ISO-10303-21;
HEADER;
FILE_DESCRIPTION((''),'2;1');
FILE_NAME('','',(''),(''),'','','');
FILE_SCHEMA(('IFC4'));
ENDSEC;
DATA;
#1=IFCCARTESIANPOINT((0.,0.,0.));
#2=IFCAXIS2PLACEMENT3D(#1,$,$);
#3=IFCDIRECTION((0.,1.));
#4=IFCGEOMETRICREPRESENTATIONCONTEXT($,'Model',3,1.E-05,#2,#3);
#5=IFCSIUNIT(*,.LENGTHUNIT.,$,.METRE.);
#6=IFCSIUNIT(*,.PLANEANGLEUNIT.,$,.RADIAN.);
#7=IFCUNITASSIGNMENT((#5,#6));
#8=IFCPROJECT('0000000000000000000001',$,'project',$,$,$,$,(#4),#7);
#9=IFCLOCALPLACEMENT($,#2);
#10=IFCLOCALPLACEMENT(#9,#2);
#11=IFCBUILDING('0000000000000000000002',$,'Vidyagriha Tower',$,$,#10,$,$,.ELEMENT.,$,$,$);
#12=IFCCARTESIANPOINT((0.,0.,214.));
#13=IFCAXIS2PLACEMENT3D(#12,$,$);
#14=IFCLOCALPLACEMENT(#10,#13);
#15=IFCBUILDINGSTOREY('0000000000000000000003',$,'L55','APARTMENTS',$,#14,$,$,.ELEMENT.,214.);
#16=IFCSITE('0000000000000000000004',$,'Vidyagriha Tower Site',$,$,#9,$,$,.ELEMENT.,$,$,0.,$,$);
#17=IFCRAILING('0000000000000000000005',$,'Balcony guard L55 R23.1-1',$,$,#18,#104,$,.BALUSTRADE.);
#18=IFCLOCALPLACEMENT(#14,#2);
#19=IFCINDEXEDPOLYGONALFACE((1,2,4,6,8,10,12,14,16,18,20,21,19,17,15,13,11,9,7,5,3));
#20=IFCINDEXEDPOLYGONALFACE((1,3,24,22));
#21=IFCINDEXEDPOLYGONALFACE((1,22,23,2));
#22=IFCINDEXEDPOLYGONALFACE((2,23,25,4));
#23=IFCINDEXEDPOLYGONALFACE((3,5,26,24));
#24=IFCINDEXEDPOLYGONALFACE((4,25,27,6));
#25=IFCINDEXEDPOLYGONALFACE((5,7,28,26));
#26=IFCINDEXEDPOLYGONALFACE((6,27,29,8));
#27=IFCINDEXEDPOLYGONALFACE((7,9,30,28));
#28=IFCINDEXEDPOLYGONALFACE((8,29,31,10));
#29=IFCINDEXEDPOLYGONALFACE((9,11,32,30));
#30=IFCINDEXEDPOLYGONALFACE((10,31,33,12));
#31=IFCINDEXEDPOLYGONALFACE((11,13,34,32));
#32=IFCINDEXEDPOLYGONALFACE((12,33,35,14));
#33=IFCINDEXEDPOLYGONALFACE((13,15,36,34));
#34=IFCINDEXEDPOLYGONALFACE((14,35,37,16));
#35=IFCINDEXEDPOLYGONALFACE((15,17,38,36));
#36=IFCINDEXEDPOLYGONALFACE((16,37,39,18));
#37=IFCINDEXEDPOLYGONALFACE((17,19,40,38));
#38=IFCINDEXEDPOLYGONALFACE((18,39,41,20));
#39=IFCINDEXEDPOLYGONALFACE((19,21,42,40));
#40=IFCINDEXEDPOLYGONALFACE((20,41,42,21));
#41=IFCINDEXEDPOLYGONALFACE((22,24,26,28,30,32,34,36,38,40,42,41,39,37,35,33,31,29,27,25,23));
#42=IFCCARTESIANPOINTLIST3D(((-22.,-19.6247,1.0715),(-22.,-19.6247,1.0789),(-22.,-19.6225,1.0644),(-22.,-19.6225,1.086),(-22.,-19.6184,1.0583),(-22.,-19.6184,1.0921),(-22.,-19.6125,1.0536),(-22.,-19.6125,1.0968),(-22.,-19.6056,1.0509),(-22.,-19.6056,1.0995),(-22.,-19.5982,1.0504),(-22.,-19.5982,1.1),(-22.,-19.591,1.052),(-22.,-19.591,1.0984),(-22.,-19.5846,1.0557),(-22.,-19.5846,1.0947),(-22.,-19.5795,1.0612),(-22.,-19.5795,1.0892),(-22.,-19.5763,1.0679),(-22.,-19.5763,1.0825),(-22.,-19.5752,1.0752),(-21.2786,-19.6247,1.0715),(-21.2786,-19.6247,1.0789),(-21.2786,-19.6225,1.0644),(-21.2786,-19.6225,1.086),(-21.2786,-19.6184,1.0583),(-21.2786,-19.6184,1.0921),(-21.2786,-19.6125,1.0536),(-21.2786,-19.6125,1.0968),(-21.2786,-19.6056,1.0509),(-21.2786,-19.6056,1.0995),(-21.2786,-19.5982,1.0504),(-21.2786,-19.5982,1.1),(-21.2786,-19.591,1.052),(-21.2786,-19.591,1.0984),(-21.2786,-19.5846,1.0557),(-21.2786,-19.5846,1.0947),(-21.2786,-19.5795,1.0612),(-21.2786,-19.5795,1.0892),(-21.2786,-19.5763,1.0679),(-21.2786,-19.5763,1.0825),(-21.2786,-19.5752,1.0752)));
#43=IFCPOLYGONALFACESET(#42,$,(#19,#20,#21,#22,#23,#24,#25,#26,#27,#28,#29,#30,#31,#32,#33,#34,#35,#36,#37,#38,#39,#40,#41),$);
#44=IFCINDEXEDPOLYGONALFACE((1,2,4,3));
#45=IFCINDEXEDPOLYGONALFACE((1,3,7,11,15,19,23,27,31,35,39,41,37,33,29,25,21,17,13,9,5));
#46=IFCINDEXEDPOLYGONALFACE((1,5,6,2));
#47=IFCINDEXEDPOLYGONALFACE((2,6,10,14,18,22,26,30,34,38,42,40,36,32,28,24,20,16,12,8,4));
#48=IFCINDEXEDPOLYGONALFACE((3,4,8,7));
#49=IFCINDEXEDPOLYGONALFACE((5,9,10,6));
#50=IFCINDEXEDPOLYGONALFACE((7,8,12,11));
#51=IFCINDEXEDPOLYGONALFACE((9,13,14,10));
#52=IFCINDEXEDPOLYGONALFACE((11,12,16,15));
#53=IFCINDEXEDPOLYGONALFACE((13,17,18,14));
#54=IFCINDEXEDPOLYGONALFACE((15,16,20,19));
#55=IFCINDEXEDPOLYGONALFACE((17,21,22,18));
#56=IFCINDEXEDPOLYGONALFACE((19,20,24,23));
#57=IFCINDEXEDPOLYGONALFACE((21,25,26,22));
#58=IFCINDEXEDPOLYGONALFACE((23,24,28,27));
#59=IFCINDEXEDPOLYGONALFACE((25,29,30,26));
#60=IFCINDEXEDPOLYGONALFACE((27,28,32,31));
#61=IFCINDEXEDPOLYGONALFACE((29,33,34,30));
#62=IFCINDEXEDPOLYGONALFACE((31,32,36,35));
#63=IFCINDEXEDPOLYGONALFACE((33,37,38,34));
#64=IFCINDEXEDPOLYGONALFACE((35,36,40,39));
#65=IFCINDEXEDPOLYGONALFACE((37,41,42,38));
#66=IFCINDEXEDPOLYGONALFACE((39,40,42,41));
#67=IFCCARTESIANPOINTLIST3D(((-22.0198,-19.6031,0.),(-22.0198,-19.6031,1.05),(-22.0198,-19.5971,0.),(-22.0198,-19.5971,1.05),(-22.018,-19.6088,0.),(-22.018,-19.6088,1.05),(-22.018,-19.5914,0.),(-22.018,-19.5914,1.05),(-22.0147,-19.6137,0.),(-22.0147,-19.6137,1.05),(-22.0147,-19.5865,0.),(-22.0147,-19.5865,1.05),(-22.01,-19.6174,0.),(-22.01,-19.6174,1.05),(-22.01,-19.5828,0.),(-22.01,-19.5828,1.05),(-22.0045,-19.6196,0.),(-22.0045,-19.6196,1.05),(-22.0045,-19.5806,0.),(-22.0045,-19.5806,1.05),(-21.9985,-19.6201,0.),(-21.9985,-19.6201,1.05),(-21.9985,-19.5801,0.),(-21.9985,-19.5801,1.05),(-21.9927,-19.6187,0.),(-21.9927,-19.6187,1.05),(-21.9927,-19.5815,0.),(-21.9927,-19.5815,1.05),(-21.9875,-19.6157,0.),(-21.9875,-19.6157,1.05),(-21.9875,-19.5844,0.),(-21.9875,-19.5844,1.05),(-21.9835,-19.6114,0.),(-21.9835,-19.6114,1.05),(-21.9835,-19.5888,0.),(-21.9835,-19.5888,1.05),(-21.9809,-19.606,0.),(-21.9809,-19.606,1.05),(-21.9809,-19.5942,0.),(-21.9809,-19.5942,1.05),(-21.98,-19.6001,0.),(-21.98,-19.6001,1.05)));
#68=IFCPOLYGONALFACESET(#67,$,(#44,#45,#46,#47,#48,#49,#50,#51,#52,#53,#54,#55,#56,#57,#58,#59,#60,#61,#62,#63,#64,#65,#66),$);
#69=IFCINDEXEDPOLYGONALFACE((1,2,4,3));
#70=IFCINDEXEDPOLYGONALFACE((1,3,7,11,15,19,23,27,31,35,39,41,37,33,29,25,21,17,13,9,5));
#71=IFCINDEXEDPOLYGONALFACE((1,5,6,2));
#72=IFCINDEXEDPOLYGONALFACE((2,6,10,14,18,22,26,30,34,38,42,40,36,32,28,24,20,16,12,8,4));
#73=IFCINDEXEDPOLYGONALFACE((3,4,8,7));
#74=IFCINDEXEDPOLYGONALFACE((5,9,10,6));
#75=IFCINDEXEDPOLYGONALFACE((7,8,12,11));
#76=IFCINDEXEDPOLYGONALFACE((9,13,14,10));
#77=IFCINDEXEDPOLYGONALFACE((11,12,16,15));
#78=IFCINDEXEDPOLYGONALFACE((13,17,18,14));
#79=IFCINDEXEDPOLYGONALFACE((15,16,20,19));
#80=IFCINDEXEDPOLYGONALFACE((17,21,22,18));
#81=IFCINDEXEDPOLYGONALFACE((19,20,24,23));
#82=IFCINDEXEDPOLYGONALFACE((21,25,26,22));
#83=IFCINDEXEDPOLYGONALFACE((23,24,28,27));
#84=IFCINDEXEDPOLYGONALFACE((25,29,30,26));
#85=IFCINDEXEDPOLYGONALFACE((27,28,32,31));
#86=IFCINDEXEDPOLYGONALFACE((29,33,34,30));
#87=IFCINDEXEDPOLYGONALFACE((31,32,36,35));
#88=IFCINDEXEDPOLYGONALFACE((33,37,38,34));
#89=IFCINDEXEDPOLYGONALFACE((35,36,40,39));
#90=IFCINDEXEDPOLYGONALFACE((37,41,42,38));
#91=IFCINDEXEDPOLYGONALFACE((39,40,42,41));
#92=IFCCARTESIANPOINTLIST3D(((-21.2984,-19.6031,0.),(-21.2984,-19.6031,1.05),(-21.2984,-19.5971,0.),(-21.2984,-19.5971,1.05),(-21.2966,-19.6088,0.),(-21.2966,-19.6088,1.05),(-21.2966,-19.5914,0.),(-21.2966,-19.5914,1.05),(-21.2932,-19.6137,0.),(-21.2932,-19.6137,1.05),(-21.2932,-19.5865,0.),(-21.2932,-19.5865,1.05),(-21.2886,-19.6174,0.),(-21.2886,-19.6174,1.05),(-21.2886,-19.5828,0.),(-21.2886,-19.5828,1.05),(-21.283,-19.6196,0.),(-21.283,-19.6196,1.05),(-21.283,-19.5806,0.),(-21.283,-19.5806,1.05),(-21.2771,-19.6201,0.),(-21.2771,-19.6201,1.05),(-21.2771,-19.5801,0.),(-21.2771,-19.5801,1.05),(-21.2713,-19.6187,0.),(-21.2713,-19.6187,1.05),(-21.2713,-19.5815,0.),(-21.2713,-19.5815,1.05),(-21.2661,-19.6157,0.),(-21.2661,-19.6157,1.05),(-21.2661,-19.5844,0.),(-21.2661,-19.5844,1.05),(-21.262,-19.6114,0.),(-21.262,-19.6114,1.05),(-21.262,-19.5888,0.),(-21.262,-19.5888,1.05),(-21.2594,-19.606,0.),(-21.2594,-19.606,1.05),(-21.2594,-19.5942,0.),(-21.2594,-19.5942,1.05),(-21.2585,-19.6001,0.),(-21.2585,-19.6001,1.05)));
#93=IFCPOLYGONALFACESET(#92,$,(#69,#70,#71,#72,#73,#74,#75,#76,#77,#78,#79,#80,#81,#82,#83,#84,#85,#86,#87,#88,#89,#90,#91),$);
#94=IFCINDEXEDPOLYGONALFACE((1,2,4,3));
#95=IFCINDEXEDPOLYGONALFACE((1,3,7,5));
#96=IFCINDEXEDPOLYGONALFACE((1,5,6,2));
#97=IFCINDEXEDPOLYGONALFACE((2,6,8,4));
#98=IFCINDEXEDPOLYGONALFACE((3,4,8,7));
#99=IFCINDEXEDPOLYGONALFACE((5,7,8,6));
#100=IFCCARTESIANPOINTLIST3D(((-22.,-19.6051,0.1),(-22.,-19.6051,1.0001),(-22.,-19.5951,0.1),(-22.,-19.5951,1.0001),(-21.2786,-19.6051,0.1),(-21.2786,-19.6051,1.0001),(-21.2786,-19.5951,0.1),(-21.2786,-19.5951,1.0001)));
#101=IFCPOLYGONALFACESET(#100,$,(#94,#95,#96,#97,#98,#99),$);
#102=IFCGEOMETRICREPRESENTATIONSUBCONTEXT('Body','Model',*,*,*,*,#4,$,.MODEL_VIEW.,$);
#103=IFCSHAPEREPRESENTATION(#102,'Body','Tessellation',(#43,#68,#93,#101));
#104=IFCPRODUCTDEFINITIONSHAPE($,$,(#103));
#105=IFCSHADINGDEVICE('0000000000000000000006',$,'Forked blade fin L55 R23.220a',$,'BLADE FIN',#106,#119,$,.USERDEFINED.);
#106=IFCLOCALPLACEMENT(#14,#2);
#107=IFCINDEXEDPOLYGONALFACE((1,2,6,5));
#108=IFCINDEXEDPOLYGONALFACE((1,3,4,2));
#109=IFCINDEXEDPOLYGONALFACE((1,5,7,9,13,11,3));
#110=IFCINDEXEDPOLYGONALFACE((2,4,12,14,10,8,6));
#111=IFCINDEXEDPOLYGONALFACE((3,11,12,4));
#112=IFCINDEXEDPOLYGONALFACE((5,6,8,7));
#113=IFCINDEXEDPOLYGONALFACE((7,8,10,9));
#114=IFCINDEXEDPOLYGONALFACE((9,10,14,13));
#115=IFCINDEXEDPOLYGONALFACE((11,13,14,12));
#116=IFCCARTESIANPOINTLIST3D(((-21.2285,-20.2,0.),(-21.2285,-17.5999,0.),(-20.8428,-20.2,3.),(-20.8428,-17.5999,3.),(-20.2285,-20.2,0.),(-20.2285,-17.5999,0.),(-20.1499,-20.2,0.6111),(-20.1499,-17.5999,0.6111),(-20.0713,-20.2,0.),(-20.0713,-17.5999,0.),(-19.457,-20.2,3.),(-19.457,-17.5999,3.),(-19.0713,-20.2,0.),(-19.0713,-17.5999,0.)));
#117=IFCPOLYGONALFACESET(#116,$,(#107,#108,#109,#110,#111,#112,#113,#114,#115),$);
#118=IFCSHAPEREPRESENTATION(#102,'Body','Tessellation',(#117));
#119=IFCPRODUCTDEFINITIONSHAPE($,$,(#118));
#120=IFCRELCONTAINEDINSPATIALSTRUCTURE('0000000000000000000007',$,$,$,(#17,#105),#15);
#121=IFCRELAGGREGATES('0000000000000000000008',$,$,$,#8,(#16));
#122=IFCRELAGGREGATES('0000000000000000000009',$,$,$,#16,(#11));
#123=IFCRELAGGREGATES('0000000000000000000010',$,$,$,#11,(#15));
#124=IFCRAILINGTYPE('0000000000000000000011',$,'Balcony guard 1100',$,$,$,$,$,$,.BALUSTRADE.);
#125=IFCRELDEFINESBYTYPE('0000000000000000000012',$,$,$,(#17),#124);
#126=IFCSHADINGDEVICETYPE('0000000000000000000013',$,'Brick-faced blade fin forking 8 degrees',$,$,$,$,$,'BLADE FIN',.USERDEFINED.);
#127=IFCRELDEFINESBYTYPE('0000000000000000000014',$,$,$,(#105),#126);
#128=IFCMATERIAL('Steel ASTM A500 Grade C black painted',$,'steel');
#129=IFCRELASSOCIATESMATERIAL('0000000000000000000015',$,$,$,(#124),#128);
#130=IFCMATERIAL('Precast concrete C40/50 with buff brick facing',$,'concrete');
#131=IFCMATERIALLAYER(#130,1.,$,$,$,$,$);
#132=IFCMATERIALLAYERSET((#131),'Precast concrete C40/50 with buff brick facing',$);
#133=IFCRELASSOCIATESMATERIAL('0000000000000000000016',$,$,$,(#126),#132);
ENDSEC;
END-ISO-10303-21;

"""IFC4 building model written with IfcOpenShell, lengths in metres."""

from ifc_helpers import new_model, si_unit, direction, frame, origin, origin_2d, place, context, subcontext, project, spatial, polyline, rectangle, circle, outline, extrude, material, layer, layer_set, type_object, element, save


model = new_model("IFC4")

# Units and contexts
model_context = context("Model", 3, precision=1e-05, world=origin(), true_north=direction((0.0, 1.0)))
body_context = subcontext(model_context, "Body", "Model", "MODEL_VIEW")
ifc_project = project(units=[si_unit("LENGTHUNIT", "METRE"), si_unit("PLANEANGLEUNIT", "RADIAN")], contexts=[model_context])

# Site, building, storey
site_placement = place(None, origin())
site = spatial("IfcSite", under=ifc_project, at=site_placement, Name="Vidyagriha Tower Site", CompositionType="ELEMENT", RefElevation=0.0)
building_placement = place(site_placement, origin())
building = spatial("IfcBuilding", under=site, at=building_placement, Name="Vidyagriha Tower", CompositionType="ELEMENT")
storey_placement = place(building_placement, frame((0.0, 0.0, 214.0)))
storey = spatial("IfcBuildingStorey", under=building, at=storey_placement, Name="L55", Description="APARTMENTS", CompositionType="ELEMENT", Elevation=214.0)

# Railing
ifc_material_1 = material(Name="Steel ASTM A500 Grade C black painted", Category="steel")
railing_type_1 = type_object("IfcRailingType", Name="Balcony guard 1100", PredefinedType="BALUSTRADE", material=ifc_material_1)
railing_1_placement = place(storey_placement, frame((-22.0, -19.6001, 0.0)))
element("IfcRailing", 1, at=railing_1_placement, inside=storey, type_object=railing_type_1, Name="Balcony guard L55 R23.1-1", PredefinedType="BALUSTRADE", context=body_context, shape_type="SweptSolid", body=[
    extrude(circle(Radius=0.0249, at=origin_2d()), frame((0.0, 0.0, 1.0752), z_axis=(1.0, 0.0, 0.0), x_axis=(0.0, 1.0, 0.0)), (0.0, 0.0, 1.0), 0.7214),
    extrude(circle(Radius=0.02, at=origin_2d()), origin(), (0.0, 0.0, 1.0), 1.05),
    extrude(circle(Radius=0.02, at=origin_2d()), frame((0.7214, 0.0, 0.0)), (0.0, 0.0, 1.0), 1.05),
    extrude(rectangle(XDim=0.01, YDim=0.9001, at=origin_2d()), frame((0.0, 0.0, 0.55), z_axis=(1.0, 0.0, 0.0), x_axis=(0.0, 1.0, 0.0)), (0.0, 0.0, 1.0), 0.7214),
])

# Shading device
ifc_material_2 = material(Name="Precast concrete C40/50 with buff brick facing", Category="concrete")
ifc_layer_1 = layer(ifc_material_2, 1.0)
ifc_layer_set_1 = layer_set([ifc_layer_1], Name="Precast concrete C40/50 with buff brick facing")
shading_device_type = type_object("IfcShadingDeviceType", Name="Brick-faced blade fin forking 8 degrees", ElementType="BLADE FIN", PredefinedType="USERDEFINED", material=ifc_layer_set_1)
shading_device_placement = place(storey_placement, frame((-21.2285, -18.8999, 0.0)))
element("IfcShadingDevice", 2, at=shading_device_placement, inside=storey, type_object=shading_device_type, Name="Forked blade fin L55 R23.220a", ObjectType="BLADE FIN", PredefinedType="USERDEFINED", context=body_context, shape_type="SweptSolid", body=[
    extrude(outline(polyline([(1.0, 0.0), (1.0786, 0.6111), (1.1572, 0.0), (2.1572, 0.0), (1.7715, 3.0), (0.3857, 3.0), (0.0, 0.0), (1.0, 0.0)])), frame((0.0, 1.3, 0.0), z_axis=(0.0, -1.0, 0.0), x_axis=(1.0, 0.0, 0.0)), (0.0, 0.0, 1.0), 2.6001),
])

save(model, "model.ifc")
